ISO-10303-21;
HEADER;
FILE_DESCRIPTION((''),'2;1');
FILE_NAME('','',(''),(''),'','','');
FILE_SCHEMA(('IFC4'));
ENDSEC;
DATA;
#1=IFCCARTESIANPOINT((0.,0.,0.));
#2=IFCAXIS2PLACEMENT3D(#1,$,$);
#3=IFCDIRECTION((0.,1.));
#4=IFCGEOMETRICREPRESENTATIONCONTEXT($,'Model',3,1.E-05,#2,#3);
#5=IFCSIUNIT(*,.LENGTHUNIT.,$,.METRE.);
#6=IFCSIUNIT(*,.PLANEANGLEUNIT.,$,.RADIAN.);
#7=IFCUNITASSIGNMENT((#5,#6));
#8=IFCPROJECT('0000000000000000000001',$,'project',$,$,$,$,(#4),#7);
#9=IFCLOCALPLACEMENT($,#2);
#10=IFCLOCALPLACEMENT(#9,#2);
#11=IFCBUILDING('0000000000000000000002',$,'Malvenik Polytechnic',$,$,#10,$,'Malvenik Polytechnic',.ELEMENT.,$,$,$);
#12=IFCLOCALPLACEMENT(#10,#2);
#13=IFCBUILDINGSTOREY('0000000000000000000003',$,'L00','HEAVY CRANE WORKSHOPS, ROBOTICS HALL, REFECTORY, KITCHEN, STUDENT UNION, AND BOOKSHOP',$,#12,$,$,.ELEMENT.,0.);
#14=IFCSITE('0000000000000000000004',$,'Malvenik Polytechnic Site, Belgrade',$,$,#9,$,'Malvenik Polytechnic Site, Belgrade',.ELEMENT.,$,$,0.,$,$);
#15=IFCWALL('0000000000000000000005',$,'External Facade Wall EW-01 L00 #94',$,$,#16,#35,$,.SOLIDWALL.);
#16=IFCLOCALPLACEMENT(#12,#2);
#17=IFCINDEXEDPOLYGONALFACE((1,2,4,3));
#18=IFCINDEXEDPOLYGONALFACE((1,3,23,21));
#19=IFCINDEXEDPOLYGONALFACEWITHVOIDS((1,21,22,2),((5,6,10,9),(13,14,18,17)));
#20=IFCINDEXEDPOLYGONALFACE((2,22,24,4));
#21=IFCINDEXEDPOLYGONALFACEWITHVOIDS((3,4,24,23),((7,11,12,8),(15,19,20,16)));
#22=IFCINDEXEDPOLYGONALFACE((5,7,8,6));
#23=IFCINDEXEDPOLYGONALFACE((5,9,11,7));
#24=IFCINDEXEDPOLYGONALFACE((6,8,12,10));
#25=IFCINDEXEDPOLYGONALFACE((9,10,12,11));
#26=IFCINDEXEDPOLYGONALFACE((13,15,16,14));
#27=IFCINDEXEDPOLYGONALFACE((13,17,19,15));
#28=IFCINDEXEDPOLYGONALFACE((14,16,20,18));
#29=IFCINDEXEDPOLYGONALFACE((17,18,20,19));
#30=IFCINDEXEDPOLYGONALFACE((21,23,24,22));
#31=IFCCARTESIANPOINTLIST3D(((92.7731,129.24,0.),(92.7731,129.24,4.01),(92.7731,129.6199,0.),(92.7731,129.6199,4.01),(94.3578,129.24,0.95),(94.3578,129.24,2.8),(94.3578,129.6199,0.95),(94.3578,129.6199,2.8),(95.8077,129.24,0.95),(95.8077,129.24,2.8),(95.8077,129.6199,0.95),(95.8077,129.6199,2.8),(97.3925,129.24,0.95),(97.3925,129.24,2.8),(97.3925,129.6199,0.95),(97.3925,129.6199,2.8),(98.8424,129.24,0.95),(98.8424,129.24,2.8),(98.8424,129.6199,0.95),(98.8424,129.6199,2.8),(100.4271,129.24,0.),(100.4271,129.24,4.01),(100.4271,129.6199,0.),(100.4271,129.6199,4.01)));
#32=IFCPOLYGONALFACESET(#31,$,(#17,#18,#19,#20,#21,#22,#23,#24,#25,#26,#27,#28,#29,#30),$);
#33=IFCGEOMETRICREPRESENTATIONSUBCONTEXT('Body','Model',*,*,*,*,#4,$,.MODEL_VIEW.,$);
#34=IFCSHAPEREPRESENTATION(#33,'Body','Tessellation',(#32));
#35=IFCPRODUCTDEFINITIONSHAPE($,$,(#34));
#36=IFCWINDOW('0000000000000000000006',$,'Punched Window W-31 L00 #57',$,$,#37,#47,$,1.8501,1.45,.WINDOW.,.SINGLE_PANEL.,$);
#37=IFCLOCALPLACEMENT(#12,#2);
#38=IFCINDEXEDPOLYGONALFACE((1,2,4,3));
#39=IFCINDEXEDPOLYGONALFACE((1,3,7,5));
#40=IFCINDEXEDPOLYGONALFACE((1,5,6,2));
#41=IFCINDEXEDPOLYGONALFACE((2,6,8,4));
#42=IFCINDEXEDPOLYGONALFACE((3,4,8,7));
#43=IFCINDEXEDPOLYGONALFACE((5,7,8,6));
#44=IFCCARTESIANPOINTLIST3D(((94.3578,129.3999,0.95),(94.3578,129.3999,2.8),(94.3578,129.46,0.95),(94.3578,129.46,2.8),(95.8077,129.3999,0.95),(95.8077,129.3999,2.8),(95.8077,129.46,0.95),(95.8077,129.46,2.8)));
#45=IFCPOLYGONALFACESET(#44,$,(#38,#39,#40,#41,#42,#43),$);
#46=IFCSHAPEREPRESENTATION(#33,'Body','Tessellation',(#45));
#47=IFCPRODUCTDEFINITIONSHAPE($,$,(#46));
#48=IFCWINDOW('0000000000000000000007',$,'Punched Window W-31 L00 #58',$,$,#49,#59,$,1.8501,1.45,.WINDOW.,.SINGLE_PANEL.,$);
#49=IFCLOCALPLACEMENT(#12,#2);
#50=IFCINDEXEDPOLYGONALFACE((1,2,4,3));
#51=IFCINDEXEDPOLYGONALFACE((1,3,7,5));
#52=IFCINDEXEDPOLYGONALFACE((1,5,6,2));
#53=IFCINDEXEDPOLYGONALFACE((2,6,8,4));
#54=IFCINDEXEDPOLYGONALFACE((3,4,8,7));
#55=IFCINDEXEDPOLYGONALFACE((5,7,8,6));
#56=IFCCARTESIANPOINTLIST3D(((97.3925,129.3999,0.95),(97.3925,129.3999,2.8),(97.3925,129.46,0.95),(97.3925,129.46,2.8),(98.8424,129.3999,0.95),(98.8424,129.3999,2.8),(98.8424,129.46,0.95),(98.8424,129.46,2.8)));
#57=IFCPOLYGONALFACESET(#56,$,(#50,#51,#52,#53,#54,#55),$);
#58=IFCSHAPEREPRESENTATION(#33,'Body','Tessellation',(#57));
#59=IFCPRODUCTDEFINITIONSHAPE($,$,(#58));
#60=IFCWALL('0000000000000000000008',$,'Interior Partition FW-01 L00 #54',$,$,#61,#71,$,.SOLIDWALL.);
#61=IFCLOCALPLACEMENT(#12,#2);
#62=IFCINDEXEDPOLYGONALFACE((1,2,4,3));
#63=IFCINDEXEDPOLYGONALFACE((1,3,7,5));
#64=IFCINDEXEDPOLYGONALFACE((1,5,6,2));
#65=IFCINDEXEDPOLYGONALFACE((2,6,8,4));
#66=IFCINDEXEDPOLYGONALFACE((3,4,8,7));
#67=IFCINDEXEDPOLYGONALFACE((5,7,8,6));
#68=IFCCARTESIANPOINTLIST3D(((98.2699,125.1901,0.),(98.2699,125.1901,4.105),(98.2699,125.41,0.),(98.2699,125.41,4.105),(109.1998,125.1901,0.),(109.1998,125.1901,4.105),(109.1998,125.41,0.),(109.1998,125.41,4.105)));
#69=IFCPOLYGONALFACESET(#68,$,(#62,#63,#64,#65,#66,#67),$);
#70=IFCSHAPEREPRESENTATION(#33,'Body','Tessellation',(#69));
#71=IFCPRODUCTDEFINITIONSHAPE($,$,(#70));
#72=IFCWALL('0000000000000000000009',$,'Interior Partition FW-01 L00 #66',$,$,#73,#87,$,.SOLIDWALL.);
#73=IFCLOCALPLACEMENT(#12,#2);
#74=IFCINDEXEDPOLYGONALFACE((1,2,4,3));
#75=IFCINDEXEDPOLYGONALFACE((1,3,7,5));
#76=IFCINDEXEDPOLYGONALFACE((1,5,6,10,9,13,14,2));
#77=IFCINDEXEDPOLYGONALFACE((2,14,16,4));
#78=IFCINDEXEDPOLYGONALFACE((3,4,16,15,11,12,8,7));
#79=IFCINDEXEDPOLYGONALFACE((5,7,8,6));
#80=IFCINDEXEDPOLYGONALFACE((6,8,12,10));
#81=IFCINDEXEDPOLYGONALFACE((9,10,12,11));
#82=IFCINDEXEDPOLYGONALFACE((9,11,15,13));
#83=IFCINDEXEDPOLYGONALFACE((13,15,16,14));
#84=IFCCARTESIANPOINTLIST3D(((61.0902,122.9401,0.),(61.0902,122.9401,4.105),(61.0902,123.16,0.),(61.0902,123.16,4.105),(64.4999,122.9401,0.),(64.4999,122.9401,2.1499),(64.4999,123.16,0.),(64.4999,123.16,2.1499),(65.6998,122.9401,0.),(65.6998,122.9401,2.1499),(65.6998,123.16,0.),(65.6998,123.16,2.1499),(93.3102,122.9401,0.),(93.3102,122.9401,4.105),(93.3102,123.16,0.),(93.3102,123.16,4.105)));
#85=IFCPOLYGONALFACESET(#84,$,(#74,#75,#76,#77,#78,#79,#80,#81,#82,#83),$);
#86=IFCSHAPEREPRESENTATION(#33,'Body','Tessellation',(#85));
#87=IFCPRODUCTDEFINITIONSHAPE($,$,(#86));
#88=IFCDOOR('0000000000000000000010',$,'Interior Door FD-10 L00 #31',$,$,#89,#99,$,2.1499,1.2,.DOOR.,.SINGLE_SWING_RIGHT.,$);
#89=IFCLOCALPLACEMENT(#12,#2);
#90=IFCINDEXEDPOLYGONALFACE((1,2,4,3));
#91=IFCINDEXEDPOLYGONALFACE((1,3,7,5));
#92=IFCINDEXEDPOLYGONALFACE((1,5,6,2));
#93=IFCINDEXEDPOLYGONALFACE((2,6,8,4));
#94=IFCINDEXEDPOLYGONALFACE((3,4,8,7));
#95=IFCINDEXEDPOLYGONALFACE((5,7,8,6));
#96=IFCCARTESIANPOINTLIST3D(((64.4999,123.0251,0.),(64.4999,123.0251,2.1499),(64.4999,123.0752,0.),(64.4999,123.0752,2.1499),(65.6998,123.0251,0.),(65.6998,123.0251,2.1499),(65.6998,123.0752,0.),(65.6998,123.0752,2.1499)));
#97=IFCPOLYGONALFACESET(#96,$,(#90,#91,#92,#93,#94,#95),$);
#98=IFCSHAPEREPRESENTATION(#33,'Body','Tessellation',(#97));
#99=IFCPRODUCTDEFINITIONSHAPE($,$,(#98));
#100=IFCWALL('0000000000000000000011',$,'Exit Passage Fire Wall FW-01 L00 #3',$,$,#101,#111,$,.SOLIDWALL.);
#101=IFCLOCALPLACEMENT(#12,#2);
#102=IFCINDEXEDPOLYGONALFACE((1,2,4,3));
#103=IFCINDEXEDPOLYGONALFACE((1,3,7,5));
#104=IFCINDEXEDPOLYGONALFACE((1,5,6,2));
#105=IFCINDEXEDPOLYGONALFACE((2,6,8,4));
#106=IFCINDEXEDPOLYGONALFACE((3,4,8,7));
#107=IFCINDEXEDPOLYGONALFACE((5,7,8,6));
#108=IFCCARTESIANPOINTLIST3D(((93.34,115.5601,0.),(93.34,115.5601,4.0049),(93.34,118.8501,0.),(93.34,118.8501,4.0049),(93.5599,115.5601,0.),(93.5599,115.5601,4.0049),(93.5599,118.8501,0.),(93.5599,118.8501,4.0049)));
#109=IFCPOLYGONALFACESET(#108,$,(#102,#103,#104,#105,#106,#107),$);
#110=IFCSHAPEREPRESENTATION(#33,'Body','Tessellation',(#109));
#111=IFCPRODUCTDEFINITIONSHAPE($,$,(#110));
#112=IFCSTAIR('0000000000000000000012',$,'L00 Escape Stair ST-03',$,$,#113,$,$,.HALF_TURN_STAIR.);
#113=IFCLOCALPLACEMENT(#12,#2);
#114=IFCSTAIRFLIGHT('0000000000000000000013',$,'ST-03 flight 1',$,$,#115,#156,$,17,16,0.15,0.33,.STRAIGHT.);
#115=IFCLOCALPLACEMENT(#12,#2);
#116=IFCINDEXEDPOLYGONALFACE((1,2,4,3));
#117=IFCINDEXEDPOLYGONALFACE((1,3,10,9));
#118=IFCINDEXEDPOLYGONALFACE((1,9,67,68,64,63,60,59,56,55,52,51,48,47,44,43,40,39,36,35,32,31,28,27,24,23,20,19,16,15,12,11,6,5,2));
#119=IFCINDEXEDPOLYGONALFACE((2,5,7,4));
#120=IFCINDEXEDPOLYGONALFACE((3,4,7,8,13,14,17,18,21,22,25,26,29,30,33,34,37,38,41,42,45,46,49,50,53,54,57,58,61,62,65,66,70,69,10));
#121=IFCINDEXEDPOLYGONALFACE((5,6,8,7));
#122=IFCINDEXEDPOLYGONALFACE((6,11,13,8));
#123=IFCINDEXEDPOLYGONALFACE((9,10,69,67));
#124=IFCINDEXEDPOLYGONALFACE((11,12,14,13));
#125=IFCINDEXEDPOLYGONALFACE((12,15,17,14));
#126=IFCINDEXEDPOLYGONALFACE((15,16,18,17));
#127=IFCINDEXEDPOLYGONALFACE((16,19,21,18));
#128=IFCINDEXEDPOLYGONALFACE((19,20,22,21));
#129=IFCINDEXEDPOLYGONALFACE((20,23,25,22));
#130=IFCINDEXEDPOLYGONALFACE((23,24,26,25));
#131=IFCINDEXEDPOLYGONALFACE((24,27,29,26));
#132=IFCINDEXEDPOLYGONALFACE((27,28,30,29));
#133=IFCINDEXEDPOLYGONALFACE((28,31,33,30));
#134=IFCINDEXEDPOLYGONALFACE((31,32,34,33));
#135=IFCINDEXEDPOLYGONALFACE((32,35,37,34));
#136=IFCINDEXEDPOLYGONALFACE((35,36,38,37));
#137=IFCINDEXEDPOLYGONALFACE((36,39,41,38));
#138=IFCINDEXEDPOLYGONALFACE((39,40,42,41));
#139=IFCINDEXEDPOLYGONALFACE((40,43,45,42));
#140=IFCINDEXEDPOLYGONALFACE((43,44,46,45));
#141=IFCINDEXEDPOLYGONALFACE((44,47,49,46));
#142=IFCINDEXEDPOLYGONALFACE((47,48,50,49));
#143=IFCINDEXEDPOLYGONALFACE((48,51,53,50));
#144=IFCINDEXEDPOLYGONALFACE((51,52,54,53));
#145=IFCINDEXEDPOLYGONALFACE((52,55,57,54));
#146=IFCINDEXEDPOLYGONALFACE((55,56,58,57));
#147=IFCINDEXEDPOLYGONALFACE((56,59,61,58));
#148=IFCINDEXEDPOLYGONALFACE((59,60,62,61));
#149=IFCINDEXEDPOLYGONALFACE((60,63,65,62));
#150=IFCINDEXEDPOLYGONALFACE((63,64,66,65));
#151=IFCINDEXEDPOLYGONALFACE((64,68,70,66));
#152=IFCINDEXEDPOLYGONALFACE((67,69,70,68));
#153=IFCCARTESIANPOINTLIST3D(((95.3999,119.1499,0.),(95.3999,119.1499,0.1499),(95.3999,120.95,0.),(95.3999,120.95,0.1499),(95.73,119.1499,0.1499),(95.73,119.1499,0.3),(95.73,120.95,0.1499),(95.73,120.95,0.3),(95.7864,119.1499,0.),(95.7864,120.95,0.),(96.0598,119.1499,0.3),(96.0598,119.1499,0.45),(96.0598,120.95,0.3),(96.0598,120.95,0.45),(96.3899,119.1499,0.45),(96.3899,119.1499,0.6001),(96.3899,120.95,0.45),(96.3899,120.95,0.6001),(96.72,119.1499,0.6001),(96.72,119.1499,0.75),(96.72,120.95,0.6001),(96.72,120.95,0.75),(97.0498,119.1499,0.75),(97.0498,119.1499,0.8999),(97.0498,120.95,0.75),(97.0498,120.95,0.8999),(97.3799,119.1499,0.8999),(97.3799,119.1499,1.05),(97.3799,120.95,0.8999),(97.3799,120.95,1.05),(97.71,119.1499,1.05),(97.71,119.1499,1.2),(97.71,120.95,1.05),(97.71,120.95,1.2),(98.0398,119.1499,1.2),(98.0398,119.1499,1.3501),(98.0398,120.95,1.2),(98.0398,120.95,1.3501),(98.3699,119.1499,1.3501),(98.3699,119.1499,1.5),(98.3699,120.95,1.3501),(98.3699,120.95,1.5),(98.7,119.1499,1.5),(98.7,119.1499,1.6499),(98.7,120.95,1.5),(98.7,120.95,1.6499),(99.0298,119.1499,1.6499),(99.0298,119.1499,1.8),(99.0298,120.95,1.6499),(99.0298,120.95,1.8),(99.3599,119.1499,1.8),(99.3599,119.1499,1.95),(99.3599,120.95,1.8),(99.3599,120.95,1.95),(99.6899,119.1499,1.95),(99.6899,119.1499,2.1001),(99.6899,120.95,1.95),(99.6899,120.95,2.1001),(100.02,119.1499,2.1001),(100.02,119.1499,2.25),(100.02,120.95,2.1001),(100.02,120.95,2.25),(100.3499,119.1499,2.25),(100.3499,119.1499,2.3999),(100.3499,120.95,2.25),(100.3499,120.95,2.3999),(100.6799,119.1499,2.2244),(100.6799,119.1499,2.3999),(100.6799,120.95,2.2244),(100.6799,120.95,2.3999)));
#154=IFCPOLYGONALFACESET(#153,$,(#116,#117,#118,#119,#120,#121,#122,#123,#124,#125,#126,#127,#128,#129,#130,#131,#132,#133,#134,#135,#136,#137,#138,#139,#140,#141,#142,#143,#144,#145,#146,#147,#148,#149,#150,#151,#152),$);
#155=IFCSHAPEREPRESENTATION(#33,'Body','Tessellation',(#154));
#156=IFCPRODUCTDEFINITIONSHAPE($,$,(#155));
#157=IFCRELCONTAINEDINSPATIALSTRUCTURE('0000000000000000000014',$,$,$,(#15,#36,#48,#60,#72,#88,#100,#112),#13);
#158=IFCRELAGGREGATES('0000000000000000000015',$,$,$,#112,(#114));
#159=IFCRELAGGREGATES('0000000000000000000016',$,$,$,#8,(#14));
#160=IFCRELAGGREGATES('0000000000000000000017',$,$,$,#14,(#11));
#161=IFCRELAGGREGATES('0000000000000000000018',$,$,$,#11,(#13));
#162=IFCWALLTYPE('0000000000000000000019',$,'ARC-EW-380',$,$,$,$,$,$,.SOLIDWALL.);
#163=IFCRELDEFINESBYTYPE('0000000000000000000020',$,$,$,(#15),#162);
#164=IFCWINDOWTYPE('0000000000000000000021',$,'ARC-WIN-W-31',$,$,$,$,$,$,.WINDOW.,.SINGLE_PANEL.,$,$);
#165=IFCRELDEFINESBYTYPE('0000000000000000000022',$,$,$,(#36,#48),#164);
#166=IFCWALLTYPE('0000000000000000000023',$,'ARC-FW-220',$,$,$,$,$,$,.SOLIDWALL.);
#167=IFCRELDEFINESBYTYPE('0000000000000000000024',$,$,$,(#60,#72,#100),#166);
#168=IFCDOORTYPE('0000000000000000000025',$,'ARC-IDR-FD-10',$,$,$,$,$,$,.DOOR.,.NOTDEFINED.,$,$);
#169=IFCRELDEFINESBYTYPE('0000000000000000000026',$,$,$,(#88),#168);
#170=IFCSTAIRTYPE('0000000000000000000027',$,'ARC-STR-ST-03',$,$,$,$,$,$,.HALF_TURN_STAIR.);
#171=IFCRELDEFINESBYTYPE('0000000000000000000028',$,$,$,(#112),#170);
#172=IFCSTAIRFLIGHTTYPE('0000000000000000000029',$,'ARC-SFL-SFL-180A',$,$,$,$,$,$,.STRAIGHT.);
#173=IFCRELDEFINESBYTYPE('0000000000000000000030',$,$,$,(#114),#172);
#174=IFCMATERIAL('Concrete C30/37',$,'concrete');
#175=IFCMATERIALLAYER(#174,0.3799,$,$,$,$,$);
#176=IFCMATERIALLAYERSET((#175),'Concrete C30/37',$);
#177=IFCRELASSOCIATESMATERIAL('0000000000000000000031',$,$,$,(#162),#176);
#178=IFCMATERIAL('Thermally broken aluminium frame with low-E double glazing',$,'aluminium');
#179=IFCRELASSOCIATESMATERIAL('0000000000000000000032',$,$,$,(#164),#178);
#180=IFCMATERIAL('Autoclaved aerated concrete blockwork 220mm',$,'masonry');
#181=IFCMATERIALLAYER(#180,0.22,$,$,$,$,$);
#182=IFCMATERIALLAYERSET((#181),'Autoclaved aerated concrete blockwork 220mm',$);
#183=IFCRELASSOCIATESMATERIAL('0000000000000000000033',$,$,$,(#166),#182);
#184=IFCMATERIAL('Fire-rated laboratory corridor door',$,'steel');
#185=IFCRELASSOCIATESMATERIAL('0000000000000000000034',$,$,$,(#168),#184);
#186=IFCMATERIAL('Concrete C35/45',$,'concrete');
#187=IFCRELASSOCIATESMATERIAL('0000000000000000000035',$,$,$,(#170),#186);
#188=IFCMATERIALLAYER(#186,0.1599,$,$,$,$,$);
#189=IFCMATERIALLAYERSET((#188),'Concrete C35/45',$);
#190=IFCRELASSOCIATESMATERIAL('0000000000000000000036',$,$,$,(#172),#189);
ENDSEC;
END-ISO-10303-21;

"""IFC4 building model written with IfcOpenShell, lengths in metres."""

from ifc_helpers import new_model, si_unit, direction, frame, frame_2d, origin, place, context, subcontext, project, spatial, polyline, rectangle, outline, extrude, material, layer, layer_set, type_object, element, fill, aggregate, save


model = new_model("IFC4")

# Units and contexts
model_context = context("Model", 3, precision=1e-05, world=origin(), true_north=direction((0.0, 1.0)))
body_context = subcontext(model_context, "Body", "Model", "MODEL_VIEW")
ifc_project = project(units=[si_unit("LENGTHUNIT", "METRE"), si_unit("PLANEANGLEUNIT", "RADIAN")], contexts=[model_context])

# Site, building, storey
site_placement = place(None, origin())
site = spatial("IfcSite", under=ifc_project, at=site_placement, Name="Malvenik Polytechnic Site, Belgrade", LongName="Malvenik Polytechnic Site, Belgrade", CompositionType="ELEMENT", RefElevation=0.0)
building_placement = place(site_placement, origin())
building = spatial("IfcBuilding", under=site, at=building_placement, Name="Malvenik Polytechnic", LongName="Malvenik Polytechnic", CompositionType="ELEMENT")
storey_placement = place(building_placement, origin())
storey = spatial("IfcBuildingStorey", under=building, at=storey_placement, Name="L00", Description="HEAVY CRANE WORKSHOPS, ROBOTICS HALL, REFECTORY, KITCHEN, STUDENT UNION, AND BOOKSHOP", CompositionType="ELEMENT", Elevation=0.0)

# Shared definitions
ifc_material_1 = material(Name="Concrete C35/45", Category="concrete")

# Wall, openings, windows
ifc_material_2 = material(Name="Concrete C30/37", Category="concrete")
ifc_layer_1 = layer(ifc_material_2, 0.3799)
ifc_layer_set_1 = layer_set([ifc_layer_1], Name="Concrete C30/37")
wall_type_1 = type_object("IfcWallType", Name="ARC-EW-380", PredefinedType="SOLIDWALL", material=ifc_layer_set_1)
wall_1_placement = place(storey_placement, frame((92.7729, 129.4299, 0.0), z_axis=(0.0, 0.0, 1.0), x_axis=(1.0, 0.0, 0.0)))
wall_1 = element("IfcWall", 1, at=wall_1_placement, inside=storey, type_object=wall_type_1, Name="External Facade Wall EW-01 L00 #94", PredefinedType="SOLIDWALL", context=body_context, shape_type="SweptSolid", body=[
    extrude(rectangle(XDim=7.6541, YDim=0.3799, at=frame_2d((3.8271, 0.0))), origin(), (0.0, 0.0, 1.0), 4.01),
])
opening_1_placement = place(wall_1_placement, frame((1.5847, 0.0, 0.95)))
opening_1 = element("IfcOpeningElement", 2, at=opening_1_placement, cuts=wall_1, PredefinedType="OPENING", context=body_context, shape_type="SweptSolid", body=[
    extrude(rectangle(XDim=1.45, YDim=1.8501, at=frame_2d((0.7251, 0.925))), frame((0.0, 0.2, 0.0), z_axis=(0.0, -1.0, 0.0), x_axis=(1.0, 0.0, 0.0)), (0.0, 0.0, 1.0), 0.3999),
])
opening_2_placement = place(wall_1_placement, frame((4.6194, 0.0, 0.95)))
opening_2 = element("IfcOpeningElement", 3, at=opening_2_placement, cuts=wall_1, PredefinedType="OPENING", context=body_context, shape_type="SweptSolid", body=[
    extrude(rectangle(XDim=1.45, YDim=1.8501, at=frame_2d((0.7251, 0.925))), frame((0.0, 0.2, 0.0), z_axis=(0.0, -1.0, 0.0), x_axis=(1.0, 0.0, 0.0)), (0.0, 0.0, 1.0), 0.3999),
])
ifc_material_3 = material(Name="Thermally broken aluminium frame with low-E double glazing", Category="aluminium")
window_type = type_object("IfcWindowType", Name="ARC-WIN-W-31", PartitioningType="SINGLE_PANEL", PredefinedType="WINDOW", material=ifc_material_3)
window_1_placement = place(opening_1_placement, origin())
window_1 = element("IfcWindow", 4, at=window_1_placement, inside=storey, type_object=window_type, Name="Punched Window W-31 L00 #57", OverallHeight=1.8501, OverallWidth=1.45, PartitioningType="SINGLE_PANEL", PredefinedType="WINDOW", context=body_context, shape_type="SweptSolid", body=[
    extrude(rectangle(XDim=1.45, YDim=1.8501, at=frame_2d((0.7251, 0.925))), frame((0.0, 0.03, 0.0), z_axis=(0.0, -1.0, 0.0), x_axis=(1.0, 0.0, 0.0)), (0.0, 0.0, 1.0), 0.0601),
])
fill(opening_1, window_1)
window_2_placement = place(opening_2_placement, origin())
window_2 = element("IfcWindow", 5, at=window_2_placement, inside=storey, type_object=window_type, Name="Punched Window W-31 L00 #58", OverallHeight=1.8501, OverallWidth=1.45, PartitioningType="SINGLE_PANEL", PredefinedType="WINDOW", context=body_context, shape_type="SweptSolid", body=[
    extrude(rectangle(XDim=1.45, YDim=1.8501, at=frame_2d((0.7251, 0.925))), frame((0.0, 0.03, 0.0), z_axis=(0.0, -1.0, 0.0), x_axis=(1.0, 0.0, 0.0)), (0.0, 0.0, 1.0), 0.0601),
])
fill(opening_2, window_2)

# Wall
ifc_material_4 = material(Name="Autoclaved aerated concrete blockwork 220mm", Category="masonry")
ifc_layer_2 = layer(ifc_material_4, 0.22)
ifc_layer_set_2 = layer_set([ifc_layer_2], Name="Autoclaved aerated concrete blockwork 220mm")
wall_type_2 = type_object("IfcWallType", Name="ARC-FW-220", PredefinedType="SOLIDWALL", material=ifc_layer_set_2)
wall_2_placement = place(storey_placement, frame((98.27, 125.3, 0.0), z_axis=(0.0, 0.0, 1.0), x_axis=(1.0, 0.0, 0.0)))
element("IfcWall", 6, at=wall_2_placement, inside=storey, type_object=wall_type_2, Name="Interior Partition FW-01 L00 #54", PredefinedType="SOLIDWALL", context=body_context, shape_type="SweptSolid", body=[
    extrude(rectangle(XDim=10.9299, YDim=0.22, at=frame_2d((5.4648, 0.0))), origin(), (0.0, 0.0, 1.0), 4.105),
])

# Wall, opening, door
wall_3_placement = place(storey_placement, frame((93.3101, 123.05, 0.0), z_axis=(0.0, 0.0, 1.0), x_axis=(-1.0, 0.0, 0.0)))
wall_3 = element("IfcWall", 7, at=wall_3_placement, inside=storey, type_object=wall_type_2, Name="Interior Partition FW-01 L00 #66", PredefinedType="SOLIDWALL", context=body_context, shape_type="SweptSolid", body=[
    extrude(rectangle(XDim=32.22, YDim=0.22, at=frame_2d((16.1099, 0.0))), origin(), (0.0, 0.0, 1.0), 4.105),
])
opening_3_placement = place(wall_3_placement, frame((27.6101, 0.0, 0.0)))
opening_3 = element("IfcOpeningElement", 8, at=opening_3_placement, cuts=wall_3, PredefinedType="OPENING", context=body_context, shape_type="SweptSolid", body=[
    extrude(rectangle(XDim=1.2, YDim=2.1499, at=frame_2d((0.6001, 1.075))), frame((0.0, 0.1201, 0.0), z_axis=(0.0, -1.0, 0.0), x_axis=(1.0, 0.0, 0.0)), (0.0, 0.0, 1.0), 0.24),
])
ifc_material_5 = material(Name="Fire-rated laboratory corridor door", Category="steel")
door_type_1 = type_object("IfcDoorType", Name="ARC-IDR-FD-10", OperationType="NOTDEFINED", PredefinedType="DOOR", material=ifc_material_5)
door_1_placement = place(opening_3_placement, origin())
door_1 = element("IfcDoor", 9, at=door_1_placement, inside=storey, type_object=door_type_1, Name="Interior Door FD-10 L00 #31", OperationType="SINGLE_SWING_RIGHT", OverallHeight=2.1499, OverallWidth=1.2, PredefinedType="DOOR", context=body_context, shape_type="SweptSolid", body=[
    extrude(rectangle(XDim=1.2, YDim=2.1499, at=frame_2d((0.6001, 1.075))), frame((0.0, 0.0249, 0.0), z_axis=(0.0, -1.0, 0.0), x_axis=(1.0, 0.0, 0.0)), (0.0, 0.0, 1.0), 0.05),
])
fill(opening_3, door_1)

# Wall
wall_4_placement = place(storey_placement, frame((93.45, 115.5601, 0.0), z_axis=(0.0, 0.0, 1.0), x_axis=(0.0, 1.0, 0.0)))
element("IfcWall", 10, at=wall_4_placement, inside=storey, type_object=wall_type_2, Name="Exit Passage Fire Wall FW-01 L00 #3", PredefinedType="SOLIDWALL", context=body_context, shape_type="SweptSolid", body=[
    extrude(rectangle(XDim=3.29, YDim=0.22, at=frame_2d((1.645, 0.0))), origin(), (0.0, 0.0, 1.0), 4.0049),
])

# Stair, stair flight
stair_type = type_object("IfcStairType", Name="ARC-STR-ST-03", PredefinedType="HALF_TURN_STAIR", material=ifc_material_1)
stair_placement = place(storey_placement, origin())
stair = element("IfcStair", 11, at=stair_placement, inside=storey, type_object=stair_type, Name="L00 Escape Stair ST-03", PredefinedType="HALF_TURN_STAIR")
ifc_layer_3 = layer(ifc_material_1, 0.1599)
ifc_layer_set_3 = layer_set([ifc_layer_3], Name="Concrete C35/45")
stair_flight_type = type_object("IfcStairFlightType", Name="ARC-SFL-SFL-180A", PredefinedType="STRAIGHT", material=ifc_layer_set_3)
stair_flight_placement = place(storey_placement, frame((95.3999, 120.05, 0.0), z_axis=(0.0, 0.0, 1.0), x_axis=(1.0, 0.0, 0.0)))
stair_flight = element("IfcStairFlight", 12, at=stair_flight_placement, type_object=stair_flight_type, Name="ST-03 flight 1", NumberOfRisers=17, NumberOfTreads=16, PredefinedType="STRAIGHT", RiserHeight=0.15, TreadLength=0.33, context=body_context, shape_type="SweptSolid", body=[
    extrude(outline(polyline([(0.0, 0.0), (0.0, 0.1499), (0.3301, 0.1499), (0.3301, 0.3), (0.6599, 0.3), (0.6599, 0.45), (0.99, 0.45), (0.99, 0.6001), (1.3201, 0.6001), (1.3201, 0.75), (1.6499, 0.75), (1.6499, 0.8999), (1.98, 0.8999), (1.98, 1.05), (2.3101, 1.05), (2.3101, 1.2), (2.6399, 1.2), (2.6399, 1.3501), (2.97, 1.3501), (2.97, 1.5), (3.3, 1.5), (3.3, 1.6499), (3.6299, 1.6499), (3.6299, 1.8), (3.96, 1.8), (3.96, 1.95), (4.29, 1.95), (4.29, 2.1001), (4.6201, 2.1001), (4.6201, 2.25), (4.95, 2.25), (4.95, 2.3999), (5.28, 2.3999), (5.28, 2.55), (5.28, 2.2244), (0.3865, 0.0), (0.0, 0.0)])), frame((0.0, 0.8999, 0.0), z_axis=(0.0, -1.0, 0.0), x_axis=(1.0, 0.0, 0.0)), (0.0, 0.0, 1.0), 1.8),
])
aggregate(stair, [stair_flight])

save(model, "model.ifc")
